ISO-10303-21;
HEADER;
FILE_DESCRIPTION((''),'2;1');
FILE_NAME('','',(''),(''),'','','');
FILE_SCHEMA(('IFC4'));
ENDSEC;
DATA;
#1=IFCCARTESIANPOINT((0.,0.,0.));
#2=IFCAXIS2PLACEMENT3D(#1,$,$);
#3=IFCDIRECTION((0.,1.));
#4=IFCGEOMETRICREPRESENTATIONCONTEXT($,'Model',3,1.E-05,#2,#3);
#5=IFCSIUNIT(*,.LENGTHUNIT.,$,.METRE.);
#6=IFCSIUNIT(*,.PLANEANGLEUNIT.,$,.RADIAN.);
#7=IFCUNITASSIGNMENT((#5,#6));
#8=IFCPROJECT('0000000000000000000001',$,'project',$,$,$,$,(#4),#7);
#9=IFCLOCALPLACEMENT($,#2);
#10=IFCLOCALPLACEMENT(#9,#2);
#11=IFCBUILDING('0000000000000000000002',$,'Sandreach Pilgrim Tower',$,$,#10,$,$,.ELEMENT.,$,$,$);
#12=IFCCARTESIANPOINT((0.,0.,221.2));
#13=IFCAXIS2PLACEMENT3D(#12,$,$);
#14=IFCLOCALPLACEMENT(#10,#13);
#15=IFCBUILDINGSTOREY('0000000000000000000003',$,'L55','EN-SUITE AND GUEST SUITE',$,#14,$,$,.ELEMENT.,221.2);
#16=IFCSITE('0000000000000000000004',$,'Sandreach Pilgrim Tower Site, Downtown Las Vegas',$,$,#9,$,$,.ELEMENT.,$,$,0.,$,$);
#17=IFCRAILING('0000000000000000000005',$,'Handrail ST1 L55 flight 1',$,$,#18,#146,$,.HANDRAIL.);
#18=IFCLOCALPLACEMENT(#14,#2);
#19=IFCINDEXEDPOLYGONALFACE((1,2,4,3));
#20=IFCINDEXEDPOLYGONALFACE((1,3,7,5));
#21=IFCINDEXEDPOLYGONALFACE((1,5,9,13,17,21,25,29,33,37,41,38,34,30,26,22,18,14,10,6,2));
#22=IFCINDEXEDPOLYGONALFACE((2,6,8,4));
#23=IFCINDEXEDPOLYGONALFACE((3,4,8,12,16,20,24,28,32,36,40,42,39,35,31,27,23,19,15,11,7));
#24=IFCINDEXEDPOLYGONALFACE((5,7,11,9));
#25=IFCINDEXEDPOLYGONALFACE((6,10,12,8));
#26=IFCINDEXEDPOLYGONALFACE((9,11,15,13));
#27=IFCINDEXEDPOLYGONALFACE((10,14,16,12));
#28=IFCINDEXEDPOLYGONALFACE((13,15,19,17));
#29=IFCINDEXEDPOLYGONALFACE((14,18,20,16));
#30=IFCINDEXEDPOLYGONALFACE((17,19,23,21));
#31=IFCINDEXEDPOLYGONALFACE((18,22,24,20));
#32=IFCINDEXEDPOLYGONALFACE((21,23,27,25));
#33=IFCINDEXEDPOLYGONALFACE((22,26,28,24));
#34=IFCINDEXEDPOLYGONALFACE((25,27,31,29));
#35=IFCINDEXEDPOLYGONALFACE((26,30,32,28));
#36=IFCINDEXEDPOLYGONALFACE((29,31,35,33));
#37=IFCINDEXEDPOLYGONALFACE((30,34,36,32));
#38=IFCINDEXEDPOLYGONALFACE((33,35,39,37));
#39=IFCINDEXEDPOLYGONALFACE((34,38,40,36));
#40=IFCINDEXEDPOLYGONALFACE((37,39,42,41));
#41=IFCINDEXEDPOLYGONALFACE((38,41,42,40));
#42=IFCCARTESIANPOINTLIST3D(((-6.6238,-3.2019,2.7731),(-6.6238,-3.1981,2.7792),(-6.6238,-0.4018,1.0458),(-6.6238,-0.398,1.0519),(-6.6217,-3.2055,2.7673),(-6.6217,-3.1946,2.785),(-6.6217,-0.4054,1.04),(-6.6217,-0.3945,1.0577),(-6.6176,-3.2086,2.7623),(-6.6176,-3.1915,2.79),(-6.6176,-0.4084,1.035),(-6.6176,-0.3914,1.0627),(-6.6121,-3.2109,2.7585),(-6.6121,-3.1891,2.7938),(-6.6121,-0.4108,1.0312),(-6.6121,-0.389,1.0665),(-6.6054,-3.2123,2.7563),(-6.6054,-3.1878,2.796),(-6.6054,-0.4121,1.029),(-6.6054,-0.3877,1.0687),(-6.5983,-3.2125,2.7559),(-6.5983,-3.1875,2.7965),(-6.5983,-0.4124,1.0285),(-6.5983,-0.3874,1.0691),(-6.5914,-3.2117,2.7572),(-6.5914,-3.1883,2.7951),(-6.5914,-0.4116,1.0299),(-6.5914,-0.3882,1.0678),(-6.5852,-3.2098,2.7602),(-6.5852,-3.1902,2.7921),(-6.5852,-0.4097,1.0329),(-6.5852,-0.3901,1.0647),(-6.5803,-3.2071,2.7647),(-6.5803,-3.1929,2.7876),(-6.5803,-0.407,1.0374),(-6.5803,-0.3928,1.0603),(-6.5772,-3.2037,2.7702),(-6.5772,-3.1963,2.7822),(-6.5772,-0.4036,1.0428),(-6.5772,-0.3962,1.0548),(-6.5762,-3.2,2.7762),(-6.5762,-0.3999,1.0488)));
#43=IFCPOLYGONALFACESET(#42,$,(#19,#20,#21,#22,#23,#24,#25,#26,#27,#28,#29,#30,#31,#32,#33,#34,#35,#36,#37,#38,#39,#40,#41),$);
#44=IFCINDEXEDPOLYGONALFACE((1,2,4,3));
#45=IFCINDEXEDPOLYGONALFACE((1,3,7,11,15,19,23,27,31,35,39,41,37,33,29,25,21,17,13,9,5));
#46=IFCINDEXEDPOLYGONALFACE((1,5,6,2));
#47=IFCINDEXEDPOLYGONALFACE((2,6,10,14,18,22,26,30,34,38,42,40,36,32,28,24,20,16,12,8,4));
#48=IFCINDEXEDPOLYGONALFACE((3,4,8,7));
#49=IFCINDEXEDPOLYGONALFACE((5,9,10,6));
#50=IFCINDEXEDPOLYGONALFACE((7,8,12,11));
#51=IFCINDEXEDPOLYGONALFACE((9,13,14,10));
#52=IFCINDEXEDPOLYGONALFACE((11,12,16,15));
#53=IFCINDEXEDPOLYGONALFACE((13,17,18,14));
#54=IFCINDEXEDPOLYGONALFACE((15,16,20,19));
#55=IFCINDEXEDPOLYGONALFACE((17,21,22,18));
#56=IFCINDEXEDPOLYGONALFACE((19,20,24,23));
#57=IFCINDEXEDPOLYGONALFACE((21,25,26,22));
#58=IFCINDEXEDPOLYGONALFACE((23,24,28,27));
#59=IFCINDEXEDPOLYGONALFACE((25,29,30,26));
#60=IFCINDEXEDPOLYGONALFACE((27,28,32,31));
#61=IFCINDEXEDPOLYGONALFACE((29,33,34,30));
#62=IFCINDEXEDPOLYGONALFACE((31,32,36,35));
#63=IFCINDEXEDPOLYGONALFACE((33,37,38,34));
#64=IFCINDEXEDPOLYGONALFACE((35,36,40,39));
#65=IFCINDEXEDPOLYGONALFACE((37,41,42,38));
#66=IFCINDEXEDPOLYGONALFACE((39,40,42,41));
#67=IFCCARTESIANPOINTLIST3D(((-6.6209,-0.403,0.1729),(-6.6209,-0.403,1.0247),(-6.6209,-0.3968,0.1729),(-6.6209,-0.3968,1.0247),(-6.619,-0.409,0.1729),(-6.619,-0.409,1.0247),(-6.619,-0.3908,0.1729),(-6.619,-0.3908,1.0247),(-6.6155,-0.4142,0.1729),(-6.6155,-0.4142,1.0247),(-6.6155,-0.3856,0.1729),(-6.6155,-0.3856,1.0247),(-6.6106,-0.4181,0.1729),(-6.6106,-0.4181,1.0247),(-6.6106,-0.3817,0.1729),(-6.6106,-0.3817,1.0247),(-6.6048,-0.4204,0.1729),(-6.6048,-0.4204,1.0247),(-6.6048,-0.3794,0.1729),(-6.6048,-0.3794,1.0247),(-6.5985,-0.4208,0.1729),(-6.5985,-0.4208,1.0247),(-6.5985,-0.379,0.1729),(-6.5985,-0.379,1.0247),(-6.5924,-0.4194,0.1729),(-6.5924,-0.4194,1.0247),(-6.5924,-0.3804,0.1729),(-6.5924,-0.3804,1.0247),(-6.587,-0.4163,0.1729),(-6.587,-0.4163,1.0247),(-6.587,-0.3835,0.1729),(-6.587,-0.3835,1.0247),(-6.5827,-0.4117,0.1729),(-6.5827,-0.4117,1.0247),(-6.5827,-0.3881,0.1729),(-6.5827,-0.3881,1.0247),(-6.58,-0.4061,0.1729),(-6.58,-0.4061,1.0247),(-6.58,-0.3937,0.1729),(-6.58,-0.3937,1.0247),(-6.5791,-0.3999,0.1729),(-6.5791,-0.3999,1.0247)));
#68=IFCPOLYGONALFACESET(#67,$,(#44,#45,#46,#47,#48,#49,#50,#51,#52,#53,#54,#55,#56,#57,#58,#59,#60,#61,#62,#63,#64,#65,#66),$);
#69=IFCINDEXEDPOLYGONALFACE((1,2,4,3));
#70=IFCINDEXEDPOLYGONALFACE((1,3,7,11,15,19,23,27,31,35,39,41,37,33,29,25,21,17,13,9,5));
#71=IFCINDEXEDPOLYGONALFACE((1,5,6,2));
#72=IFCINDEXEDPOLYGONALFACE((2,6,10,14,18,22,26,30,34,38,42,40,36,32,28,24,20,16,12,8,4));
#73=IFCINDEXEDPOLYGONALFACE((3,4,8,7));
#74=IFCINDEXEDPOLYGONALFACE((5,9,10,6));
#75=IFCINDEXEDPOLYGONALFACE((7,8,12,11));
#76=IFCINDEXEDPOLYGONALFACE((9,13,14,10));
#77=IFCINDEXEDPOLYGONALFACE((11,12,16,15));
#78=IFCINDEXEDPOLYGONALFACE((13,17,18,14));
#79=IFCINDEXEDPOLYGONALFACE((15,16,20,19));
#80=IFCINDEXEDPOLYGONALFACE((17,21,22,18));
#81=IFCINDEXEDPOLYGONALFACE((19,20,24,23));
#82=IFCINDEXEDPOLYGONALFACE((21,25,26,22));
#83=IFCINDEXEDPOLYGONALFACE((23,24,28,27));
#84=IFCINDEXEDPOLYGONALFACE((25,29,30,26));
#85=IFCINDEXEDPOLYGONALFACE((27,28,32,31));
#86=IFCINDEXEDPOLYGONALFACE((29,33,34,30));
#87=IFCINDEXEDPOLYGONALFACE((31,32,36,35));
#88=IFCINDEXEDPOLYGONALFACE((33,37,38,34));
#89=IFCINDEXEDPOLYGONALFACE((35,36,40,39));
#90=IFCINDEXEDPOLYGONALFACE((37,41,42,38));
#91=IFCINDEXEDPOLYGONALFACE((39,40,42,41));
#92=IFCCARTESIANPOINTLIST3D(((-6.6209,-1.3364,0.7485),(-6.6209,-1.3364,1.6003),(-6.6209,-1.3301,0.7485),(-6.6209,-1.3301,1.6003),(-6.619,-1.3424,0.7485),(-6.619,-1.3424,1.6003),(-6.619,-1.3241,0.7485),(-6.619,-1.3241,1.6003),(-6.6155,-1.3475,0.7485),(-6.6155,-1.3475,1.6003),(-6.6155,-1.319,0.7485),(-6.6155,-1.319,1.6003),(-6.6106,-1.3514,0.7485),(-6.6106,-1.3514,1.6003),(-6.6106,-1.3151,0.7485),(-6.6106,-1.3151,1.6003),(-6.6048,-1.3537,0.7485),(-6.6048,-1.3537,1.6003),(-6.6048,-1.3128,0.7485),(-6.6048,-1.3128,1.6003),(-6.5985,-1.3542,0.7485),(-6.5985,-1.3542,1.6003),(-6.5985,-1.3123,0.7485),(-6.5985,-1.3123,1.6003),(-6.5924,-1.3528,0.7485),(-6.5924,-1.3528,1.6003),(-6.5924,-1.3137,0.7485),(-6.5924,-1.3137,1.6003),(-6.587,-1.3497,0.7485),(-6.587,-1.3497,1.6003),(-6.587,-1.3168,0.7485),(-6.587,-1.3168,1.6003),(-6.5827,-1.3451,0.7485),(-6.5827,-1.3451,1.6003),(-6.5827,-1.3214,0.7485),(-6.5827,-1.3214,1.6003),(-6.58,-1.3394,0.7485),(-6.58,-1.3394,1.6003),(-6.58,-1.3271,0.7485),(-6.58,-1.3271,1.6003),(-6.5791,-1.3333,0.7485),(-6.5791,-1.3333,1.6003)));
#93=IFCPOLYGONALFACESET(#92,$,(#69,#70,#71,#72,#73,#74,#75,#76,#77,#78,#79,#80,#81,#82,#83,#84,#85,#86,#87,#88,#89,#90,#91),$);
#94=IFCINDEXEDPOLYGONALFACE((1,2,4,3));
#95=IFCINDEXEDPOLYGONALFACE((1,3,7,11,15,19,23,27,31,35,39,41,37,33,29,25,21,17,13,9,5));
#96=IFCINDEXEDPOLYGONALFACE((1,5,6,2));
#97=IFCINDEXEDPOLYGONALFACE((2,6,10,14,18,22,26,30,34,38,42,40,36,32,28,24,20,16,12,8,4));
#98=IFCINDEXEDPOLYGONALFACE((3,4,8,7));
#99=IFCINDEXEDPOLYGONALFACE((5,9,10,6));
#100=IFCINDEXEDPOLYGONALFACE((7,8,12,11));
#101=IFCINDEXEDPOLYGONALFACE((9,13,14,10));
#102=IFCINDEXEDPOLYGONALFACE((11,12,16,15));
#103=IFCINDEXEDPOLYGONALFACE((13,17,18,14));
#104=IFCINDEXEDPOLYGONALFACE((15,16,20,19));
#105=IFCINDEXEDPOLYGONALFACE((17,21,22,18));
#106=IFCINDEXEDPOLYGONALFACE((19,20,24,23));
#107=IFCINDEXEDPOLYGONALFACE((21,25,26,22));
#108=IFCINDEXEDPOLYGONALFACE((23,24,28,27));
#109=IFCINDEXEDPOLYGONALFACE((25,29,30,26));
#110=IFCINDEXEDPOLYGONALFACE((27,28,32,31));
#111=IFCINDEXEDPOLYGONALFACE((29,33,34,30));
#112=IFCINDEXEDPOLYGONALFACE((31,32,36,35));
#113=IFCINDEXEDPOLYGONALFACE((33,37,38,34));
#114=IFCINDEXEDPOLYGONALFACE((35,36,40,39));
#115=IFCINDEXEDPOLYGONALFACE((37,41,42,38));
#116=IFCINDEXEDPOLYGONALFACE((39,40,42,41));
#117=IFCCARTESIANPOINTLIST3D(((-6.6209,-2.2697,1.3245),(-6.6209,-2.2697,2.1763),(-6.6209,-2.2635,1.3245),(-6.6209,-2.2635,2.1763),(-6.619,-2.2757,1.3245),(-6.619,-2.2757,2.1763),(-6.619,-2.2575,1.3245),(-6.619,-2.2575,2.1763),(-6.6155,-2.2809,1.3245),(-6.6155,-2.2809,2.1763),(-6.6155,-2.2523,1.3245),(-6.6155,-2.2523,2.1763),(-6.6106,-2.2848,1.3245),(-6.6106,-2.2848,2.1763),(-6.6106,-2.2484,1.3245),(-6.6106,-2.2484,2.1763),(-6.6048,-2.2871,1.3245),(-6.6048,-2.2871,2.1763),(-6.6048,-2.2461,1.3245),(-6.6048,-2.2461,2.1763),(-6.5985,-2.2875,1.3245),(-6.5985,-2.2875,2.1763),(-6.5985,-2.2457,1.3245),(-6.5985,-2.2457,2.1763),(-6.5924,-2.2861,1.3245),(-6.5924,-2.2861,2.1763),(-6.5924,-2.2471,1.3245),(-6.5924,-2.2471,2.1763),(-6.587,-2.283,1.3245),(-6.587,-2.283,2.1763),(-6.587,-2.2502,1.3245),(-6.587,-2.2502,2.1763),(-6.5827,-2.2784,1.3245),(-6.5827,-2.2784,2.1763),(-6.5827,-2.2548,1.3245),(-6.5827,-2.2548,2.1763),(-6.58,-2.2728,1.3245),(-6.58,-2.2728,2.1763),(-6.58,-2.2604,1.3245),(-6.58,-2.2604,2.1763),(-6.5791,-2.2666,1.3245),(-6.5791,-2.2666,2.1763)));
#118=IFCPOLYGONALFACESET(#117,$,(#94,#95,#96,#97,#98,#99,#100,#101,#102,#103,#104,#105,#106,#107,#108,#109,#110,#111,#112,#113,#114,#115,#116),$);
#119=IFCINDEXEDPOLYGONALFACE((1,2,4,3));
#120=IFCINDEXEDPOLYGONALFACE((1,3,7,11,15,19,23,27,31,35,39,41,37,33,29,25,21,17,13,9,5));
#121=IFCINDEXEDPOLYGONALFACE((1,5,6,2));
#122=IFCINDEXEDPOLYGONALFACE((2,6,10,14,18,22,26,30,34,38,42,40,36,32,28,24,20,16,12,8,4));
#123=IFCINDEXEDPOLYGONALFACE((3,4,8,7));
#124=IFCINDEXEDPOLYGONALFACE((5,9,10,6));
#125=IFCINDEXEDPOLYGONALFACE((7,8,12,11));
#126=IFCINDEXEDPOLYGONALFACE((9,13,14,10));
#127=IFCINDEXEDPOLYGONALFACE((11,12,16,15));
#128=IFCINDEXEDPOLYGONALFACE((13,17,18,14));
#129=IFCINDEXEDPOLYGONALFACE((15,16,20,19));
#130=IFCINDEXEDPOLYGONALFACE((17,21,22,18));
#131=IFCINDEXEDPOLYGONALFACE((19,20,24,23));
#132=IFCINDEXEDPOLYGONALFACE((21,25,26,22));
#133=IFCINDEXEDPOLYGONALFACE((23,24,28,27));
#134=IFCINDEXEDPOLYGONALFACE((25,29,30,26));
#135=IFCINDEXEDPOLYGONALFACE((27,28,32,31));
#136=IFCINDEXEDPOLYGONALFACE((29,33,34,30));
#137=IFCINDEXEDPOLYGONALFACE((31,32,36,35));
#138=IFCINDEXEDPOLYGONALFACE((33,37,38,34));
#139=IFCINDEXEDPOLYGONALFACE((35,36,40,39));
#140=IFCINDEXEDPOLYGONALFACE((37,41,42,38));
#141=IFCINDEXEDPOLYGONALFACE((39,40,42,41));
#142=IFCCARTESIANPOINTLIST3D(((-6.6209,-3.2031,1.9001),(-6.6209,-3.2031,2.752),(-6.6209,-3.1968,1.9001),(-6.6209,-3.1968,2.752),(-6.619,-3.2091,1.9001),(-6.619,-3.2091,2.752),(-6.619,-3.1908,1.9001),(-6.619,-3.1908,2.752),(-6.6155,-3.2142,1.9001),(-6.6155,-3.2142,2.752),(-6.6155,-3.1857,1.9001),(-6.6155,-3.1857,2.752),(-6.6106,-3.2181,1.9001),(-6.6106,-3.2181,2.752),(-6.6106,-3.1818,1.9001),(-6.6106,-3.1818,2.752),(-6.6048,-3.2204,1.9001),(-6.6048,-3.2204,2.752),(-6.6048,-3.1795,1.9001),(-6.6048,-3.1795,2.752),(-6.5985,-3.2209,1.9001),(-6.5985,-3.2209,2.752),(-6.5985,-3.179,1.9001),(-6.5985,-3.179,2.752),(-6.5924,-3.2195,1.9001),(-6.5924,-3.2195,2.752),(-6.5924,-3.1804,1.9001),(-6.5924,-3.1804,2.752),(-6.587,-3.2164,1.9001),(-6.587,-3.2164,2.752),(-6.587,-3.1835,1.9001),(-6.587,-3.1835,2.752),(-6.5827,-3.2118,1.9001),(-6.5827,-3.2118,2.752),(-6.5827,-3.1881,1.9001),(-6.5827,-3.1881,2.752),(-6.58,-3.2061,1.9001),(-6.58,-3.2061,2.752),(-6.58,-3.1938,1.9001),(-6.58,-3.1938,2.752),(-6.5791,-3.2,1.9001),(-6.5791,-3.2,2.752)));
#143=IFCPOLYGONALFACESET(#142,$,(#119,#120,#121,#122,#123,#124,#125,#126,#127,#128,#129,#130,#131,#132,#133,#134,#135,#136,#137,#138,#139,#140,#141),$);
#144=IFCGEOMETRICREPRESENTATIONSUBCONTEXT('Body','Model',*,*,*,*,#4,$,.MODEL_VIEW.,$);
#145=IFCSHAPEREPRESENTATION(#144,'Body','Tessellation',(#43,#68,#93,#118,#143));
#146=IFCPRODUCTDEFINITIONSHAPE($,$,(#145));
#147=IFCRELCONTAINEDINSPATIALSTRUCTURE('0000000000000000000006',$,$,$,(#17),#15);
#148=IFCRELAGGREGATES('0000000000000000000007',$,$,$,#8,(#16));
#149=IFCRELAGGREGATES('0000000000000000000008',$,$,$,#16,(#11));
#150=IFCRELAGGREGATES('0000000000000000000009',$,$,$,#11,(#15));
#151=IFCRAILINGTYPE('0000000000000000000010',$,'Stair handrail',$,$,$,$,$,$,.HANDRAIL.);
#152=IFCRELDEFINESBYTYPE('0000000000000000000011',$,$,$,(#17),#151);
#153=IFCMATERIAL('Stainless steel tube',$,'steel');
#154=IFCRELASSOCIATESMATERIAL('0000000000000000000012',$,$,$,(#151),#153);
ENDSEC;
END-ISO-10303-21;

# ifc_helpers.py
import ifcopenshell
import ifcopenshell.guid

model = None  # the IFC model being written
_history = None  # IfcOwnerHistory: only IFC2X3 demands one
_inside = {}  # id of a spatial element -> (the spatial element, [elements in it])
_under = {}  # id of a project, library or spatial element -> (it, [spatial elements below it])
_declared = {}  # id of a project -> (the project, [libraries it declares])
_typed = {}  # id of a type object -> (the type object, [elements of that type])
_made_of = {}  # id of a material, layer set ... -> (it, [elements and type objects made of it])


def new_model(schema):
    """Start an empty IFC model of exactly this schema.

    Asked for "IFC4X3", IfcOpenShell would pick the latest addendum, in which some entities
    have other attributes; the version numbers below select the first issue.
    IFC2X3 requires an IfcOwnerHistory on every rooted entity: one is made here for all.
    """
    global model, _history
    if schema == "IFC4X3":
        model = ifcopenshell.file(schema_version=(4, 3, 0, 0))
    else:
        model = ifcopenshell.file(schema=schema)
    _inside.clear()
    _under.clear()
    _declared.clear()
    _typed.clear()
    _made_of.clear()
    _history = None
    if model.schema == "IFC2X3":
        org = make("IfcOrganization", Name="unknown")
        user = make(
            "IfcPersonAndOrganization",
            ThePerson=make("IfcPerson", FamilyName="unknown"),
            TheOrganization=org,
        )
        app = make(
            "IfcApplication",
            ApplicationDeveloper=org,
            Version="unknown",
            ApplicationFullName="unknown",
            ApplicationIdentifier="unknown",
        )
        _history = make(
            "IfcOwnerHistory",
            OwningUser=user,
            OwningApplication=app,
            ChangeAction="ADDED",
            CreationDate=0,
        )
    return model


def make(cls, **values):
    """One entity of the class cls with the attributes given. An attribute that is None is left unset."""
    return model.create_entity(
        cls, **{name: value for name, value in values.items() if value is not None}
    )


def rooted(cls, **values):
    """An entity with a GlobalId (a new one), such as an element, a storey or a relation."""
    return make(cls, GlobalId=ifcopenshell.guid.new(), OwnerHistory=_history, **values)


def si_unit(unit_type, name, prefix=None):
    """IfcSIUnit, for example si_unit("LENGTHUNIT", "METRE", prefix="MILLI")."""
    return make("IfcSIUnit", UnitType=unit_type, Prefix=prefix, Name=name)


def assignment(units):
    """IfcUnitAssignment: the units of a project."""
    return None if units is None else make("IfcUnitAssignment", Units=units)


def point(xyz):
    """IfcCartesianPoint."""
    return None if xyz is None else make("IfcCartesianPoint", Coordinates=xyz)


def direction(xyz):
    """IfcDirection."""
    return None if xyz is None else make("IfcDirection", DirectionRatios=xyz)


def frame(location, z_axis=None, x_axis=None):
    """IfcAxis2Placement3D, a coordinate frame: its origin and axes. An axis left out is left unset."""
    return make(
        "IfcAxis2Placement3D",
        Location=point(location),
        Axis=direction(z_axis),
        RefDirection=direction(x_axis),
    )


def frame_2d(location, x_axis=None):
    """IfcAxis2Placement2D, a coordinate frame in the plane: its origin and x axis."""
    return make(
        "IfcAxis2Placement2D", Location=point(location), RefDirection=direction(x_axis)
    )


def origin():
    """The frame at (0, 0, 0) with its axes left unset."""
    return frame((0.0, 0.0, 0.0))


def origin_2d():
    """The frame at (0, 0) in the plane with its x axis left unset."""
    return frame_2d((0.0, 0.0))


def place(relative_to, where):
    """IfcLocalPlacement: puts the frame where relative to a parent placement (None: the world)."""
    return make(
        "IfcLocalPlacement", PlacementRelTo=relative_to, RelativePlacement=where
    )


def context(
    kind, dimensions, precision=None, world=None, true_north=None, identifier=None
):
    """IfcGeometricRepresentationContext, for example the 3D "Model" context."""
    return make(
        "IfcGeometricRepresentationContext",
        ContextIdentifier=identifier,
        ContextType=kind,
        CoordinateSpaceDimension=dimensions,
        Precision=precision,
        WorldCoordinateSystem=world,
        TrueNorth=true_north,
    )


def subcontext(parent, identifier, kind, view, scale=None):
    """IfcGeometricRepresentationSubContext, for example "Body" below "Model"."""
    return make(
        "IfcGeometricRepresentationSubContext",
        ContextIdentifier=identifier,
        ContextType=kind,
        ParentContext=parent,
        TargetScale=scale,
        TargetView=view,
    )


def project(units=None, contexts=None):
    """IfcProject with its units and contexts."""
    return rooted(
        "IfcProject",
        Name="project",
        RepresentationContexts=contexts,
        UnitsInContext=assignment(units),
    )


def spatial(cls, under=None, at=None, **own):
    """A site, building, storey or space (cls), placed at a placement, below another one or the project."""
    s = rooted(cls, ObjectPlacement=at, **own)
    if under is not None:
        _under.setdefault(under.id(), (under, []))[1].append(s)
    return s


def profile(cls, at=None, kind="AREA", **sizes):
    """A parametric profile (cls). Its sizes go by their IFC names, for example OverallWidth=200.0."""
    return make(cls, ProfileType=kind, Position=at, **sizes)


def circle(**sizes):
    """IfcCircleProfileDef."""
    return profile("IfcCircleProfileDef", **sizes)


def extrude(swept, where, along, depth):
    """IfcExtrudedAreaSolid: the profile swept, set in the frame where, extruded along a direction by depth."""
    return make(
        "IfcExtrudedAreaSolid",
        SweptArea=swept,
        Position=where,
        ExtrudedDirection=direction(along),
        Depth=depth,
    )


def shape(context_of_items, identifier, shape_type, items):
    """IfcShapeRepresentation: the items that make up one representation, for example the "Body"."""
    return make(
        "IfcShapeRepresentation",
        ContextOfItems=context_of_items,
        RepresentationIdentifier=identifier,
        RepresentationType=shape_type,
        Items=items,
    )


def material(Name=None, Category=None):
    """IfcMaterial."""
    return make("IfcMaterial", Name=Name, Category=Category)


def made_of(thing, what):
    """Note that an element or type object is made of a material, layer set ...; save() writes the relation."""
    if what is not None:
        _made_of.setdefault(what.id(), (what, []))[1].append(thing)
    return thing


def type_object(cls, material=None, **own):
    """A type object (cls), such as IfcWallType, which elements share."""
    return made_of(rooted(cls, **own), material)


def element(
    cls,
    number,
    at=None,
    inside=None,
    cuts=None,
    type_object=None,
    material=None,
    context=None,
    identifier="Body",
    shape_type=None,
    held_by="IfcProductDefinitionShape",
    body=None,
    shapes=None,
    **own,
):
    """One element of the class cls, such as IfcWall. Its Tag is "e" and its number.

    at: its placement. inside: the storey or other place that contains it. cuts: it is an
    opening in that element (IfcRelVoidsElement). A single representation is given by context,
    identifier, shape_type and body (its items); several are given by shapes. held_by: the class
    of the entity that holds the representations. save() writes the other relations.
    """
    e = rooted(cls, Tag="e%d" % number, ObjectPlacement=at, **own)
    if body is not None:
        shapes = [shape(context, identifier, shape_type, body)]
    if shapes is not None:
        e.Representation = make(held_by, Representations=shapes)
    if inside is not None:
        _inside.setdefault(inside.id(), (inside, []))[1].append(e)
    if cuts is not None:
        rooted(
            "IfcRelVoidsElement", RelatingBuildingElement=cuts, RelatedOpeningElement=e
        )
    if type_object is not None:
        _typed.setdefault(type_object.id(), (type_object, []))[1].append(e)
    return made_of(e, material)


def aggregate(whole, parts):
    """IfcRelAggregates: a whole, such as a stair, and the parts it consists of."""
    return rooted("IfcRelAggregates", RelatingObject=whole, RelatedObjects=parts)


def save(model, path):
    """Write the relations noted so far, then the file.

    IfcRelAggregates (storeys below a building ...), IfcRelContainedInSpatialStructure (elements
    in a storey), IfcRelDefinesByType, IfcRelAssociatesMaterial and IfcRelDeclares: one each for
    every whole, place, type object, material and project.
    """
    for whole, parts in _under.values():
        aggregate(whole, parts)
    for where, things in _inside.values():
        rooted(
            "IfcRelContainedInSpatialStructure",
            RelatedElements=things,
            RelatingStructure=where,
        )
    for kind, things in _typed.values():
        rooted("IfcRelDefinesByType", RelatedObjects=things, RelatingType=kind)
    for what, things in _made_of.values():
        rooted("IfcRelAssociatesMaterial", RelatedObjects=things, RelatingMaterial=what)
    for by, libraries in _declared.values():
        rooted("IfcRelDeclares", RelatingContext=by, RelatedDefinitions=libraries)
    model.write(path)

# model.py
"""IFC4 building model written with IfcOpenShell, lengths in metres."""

from ifc_helpers import new_model, si_unit, direction, frame, origin, origin_2d, place, context, subcontext, project, spatial, circle, extrude, material, type_object, element, save


model = new_model("IFC4")

# Units and contexts
model_context = context("Model", 3, precision=1e-05, world=origin(), true_north=direction((0.0, 1.0)))
body_context = subcontext(model_context, "Body", "Model", "MODEL_VIEW")
ifc_project = project(units=[si_unit("LENGTHUNIT", "METRE"), si_unit("PLANEANGLEUNIT", "RADIAN")], contexts=[model_context])

# Site, building, storey
site_placement = place(None, origin())
site = spatial("IfcSite", under=ifc_project, at=site_placement, Name="Sandreach Pilgrim Tower Site, Downtown Las Vegas", CompositionType="ELEMENT", RefElevation=0.0)
building_placement = place(site_placement, origin())
building = spatial("IfcBuilding", under=site, at=building_placement, Name="Sandreach Pilgrim Tower", CompositionType="ELEMENT")
storey_placement = place(building_placement, frame((0.0, 0.0, 221.2)))
storey = spatial("IfcBuildingStorey", under=building, at=storey_placement, Name="L55", Description="EN-SUITE AND GUEST SUITE", CompositionType="ELEMENT", Elevation=221.2)

# Railing
ifc_material_1 = material(Name="Stainless steel tube", Category="steel")
railing_type = type_object("IfcRailingType", Name="Stair handrail", PredefinedType="HANDRAIL", material=ifc_material_1)
for number, where, name in (
    (1, (-6.6001, -0.3999, 0.1729), "Handrail ST1 L55 flight 1"),
):
    element("IfcRailing", number, at=place(storey_placement, frame(where)), inside=storey, type_object=railing_type, Name=name, PredefinedType="HANDRAIL", context=body_context, shape_type="SweptSolid", body=[
        extrude(circle(Radius=0.0239, at=origin_2d()), frame((0.0, 0.0, 0.876), z_axis=(0.0, -0.85109, 0.52502), x_axis=(1.0, 0.0, 0.0)), (0.0, 0.0, 1.0), 3.29),
        extrude(circle(Radius=0.021, at=origin_2d()), origin(), (0.0, 0.0, 1.0), 0.8518),
        extrude(circle(Radius=0.021, at=origin_2d()), frame((0.0, -0.9333, 0.5757)), (0.0, 0.0, 1.0), 0.8518),
        extrude(circle(Radius=0.021, at=origin_2d()), frame((0.0, -1.8667, 1.1516)), (0.0, 0.0, 1.0), 0.8518),
        extrude(circle(Radius=0.021, at=origin_2d()), frame((0.0, -2.8, 1.7273)), (0.0, 0.0, 1.0), 0.8518),
    ])

save(model, "model.ifc")
